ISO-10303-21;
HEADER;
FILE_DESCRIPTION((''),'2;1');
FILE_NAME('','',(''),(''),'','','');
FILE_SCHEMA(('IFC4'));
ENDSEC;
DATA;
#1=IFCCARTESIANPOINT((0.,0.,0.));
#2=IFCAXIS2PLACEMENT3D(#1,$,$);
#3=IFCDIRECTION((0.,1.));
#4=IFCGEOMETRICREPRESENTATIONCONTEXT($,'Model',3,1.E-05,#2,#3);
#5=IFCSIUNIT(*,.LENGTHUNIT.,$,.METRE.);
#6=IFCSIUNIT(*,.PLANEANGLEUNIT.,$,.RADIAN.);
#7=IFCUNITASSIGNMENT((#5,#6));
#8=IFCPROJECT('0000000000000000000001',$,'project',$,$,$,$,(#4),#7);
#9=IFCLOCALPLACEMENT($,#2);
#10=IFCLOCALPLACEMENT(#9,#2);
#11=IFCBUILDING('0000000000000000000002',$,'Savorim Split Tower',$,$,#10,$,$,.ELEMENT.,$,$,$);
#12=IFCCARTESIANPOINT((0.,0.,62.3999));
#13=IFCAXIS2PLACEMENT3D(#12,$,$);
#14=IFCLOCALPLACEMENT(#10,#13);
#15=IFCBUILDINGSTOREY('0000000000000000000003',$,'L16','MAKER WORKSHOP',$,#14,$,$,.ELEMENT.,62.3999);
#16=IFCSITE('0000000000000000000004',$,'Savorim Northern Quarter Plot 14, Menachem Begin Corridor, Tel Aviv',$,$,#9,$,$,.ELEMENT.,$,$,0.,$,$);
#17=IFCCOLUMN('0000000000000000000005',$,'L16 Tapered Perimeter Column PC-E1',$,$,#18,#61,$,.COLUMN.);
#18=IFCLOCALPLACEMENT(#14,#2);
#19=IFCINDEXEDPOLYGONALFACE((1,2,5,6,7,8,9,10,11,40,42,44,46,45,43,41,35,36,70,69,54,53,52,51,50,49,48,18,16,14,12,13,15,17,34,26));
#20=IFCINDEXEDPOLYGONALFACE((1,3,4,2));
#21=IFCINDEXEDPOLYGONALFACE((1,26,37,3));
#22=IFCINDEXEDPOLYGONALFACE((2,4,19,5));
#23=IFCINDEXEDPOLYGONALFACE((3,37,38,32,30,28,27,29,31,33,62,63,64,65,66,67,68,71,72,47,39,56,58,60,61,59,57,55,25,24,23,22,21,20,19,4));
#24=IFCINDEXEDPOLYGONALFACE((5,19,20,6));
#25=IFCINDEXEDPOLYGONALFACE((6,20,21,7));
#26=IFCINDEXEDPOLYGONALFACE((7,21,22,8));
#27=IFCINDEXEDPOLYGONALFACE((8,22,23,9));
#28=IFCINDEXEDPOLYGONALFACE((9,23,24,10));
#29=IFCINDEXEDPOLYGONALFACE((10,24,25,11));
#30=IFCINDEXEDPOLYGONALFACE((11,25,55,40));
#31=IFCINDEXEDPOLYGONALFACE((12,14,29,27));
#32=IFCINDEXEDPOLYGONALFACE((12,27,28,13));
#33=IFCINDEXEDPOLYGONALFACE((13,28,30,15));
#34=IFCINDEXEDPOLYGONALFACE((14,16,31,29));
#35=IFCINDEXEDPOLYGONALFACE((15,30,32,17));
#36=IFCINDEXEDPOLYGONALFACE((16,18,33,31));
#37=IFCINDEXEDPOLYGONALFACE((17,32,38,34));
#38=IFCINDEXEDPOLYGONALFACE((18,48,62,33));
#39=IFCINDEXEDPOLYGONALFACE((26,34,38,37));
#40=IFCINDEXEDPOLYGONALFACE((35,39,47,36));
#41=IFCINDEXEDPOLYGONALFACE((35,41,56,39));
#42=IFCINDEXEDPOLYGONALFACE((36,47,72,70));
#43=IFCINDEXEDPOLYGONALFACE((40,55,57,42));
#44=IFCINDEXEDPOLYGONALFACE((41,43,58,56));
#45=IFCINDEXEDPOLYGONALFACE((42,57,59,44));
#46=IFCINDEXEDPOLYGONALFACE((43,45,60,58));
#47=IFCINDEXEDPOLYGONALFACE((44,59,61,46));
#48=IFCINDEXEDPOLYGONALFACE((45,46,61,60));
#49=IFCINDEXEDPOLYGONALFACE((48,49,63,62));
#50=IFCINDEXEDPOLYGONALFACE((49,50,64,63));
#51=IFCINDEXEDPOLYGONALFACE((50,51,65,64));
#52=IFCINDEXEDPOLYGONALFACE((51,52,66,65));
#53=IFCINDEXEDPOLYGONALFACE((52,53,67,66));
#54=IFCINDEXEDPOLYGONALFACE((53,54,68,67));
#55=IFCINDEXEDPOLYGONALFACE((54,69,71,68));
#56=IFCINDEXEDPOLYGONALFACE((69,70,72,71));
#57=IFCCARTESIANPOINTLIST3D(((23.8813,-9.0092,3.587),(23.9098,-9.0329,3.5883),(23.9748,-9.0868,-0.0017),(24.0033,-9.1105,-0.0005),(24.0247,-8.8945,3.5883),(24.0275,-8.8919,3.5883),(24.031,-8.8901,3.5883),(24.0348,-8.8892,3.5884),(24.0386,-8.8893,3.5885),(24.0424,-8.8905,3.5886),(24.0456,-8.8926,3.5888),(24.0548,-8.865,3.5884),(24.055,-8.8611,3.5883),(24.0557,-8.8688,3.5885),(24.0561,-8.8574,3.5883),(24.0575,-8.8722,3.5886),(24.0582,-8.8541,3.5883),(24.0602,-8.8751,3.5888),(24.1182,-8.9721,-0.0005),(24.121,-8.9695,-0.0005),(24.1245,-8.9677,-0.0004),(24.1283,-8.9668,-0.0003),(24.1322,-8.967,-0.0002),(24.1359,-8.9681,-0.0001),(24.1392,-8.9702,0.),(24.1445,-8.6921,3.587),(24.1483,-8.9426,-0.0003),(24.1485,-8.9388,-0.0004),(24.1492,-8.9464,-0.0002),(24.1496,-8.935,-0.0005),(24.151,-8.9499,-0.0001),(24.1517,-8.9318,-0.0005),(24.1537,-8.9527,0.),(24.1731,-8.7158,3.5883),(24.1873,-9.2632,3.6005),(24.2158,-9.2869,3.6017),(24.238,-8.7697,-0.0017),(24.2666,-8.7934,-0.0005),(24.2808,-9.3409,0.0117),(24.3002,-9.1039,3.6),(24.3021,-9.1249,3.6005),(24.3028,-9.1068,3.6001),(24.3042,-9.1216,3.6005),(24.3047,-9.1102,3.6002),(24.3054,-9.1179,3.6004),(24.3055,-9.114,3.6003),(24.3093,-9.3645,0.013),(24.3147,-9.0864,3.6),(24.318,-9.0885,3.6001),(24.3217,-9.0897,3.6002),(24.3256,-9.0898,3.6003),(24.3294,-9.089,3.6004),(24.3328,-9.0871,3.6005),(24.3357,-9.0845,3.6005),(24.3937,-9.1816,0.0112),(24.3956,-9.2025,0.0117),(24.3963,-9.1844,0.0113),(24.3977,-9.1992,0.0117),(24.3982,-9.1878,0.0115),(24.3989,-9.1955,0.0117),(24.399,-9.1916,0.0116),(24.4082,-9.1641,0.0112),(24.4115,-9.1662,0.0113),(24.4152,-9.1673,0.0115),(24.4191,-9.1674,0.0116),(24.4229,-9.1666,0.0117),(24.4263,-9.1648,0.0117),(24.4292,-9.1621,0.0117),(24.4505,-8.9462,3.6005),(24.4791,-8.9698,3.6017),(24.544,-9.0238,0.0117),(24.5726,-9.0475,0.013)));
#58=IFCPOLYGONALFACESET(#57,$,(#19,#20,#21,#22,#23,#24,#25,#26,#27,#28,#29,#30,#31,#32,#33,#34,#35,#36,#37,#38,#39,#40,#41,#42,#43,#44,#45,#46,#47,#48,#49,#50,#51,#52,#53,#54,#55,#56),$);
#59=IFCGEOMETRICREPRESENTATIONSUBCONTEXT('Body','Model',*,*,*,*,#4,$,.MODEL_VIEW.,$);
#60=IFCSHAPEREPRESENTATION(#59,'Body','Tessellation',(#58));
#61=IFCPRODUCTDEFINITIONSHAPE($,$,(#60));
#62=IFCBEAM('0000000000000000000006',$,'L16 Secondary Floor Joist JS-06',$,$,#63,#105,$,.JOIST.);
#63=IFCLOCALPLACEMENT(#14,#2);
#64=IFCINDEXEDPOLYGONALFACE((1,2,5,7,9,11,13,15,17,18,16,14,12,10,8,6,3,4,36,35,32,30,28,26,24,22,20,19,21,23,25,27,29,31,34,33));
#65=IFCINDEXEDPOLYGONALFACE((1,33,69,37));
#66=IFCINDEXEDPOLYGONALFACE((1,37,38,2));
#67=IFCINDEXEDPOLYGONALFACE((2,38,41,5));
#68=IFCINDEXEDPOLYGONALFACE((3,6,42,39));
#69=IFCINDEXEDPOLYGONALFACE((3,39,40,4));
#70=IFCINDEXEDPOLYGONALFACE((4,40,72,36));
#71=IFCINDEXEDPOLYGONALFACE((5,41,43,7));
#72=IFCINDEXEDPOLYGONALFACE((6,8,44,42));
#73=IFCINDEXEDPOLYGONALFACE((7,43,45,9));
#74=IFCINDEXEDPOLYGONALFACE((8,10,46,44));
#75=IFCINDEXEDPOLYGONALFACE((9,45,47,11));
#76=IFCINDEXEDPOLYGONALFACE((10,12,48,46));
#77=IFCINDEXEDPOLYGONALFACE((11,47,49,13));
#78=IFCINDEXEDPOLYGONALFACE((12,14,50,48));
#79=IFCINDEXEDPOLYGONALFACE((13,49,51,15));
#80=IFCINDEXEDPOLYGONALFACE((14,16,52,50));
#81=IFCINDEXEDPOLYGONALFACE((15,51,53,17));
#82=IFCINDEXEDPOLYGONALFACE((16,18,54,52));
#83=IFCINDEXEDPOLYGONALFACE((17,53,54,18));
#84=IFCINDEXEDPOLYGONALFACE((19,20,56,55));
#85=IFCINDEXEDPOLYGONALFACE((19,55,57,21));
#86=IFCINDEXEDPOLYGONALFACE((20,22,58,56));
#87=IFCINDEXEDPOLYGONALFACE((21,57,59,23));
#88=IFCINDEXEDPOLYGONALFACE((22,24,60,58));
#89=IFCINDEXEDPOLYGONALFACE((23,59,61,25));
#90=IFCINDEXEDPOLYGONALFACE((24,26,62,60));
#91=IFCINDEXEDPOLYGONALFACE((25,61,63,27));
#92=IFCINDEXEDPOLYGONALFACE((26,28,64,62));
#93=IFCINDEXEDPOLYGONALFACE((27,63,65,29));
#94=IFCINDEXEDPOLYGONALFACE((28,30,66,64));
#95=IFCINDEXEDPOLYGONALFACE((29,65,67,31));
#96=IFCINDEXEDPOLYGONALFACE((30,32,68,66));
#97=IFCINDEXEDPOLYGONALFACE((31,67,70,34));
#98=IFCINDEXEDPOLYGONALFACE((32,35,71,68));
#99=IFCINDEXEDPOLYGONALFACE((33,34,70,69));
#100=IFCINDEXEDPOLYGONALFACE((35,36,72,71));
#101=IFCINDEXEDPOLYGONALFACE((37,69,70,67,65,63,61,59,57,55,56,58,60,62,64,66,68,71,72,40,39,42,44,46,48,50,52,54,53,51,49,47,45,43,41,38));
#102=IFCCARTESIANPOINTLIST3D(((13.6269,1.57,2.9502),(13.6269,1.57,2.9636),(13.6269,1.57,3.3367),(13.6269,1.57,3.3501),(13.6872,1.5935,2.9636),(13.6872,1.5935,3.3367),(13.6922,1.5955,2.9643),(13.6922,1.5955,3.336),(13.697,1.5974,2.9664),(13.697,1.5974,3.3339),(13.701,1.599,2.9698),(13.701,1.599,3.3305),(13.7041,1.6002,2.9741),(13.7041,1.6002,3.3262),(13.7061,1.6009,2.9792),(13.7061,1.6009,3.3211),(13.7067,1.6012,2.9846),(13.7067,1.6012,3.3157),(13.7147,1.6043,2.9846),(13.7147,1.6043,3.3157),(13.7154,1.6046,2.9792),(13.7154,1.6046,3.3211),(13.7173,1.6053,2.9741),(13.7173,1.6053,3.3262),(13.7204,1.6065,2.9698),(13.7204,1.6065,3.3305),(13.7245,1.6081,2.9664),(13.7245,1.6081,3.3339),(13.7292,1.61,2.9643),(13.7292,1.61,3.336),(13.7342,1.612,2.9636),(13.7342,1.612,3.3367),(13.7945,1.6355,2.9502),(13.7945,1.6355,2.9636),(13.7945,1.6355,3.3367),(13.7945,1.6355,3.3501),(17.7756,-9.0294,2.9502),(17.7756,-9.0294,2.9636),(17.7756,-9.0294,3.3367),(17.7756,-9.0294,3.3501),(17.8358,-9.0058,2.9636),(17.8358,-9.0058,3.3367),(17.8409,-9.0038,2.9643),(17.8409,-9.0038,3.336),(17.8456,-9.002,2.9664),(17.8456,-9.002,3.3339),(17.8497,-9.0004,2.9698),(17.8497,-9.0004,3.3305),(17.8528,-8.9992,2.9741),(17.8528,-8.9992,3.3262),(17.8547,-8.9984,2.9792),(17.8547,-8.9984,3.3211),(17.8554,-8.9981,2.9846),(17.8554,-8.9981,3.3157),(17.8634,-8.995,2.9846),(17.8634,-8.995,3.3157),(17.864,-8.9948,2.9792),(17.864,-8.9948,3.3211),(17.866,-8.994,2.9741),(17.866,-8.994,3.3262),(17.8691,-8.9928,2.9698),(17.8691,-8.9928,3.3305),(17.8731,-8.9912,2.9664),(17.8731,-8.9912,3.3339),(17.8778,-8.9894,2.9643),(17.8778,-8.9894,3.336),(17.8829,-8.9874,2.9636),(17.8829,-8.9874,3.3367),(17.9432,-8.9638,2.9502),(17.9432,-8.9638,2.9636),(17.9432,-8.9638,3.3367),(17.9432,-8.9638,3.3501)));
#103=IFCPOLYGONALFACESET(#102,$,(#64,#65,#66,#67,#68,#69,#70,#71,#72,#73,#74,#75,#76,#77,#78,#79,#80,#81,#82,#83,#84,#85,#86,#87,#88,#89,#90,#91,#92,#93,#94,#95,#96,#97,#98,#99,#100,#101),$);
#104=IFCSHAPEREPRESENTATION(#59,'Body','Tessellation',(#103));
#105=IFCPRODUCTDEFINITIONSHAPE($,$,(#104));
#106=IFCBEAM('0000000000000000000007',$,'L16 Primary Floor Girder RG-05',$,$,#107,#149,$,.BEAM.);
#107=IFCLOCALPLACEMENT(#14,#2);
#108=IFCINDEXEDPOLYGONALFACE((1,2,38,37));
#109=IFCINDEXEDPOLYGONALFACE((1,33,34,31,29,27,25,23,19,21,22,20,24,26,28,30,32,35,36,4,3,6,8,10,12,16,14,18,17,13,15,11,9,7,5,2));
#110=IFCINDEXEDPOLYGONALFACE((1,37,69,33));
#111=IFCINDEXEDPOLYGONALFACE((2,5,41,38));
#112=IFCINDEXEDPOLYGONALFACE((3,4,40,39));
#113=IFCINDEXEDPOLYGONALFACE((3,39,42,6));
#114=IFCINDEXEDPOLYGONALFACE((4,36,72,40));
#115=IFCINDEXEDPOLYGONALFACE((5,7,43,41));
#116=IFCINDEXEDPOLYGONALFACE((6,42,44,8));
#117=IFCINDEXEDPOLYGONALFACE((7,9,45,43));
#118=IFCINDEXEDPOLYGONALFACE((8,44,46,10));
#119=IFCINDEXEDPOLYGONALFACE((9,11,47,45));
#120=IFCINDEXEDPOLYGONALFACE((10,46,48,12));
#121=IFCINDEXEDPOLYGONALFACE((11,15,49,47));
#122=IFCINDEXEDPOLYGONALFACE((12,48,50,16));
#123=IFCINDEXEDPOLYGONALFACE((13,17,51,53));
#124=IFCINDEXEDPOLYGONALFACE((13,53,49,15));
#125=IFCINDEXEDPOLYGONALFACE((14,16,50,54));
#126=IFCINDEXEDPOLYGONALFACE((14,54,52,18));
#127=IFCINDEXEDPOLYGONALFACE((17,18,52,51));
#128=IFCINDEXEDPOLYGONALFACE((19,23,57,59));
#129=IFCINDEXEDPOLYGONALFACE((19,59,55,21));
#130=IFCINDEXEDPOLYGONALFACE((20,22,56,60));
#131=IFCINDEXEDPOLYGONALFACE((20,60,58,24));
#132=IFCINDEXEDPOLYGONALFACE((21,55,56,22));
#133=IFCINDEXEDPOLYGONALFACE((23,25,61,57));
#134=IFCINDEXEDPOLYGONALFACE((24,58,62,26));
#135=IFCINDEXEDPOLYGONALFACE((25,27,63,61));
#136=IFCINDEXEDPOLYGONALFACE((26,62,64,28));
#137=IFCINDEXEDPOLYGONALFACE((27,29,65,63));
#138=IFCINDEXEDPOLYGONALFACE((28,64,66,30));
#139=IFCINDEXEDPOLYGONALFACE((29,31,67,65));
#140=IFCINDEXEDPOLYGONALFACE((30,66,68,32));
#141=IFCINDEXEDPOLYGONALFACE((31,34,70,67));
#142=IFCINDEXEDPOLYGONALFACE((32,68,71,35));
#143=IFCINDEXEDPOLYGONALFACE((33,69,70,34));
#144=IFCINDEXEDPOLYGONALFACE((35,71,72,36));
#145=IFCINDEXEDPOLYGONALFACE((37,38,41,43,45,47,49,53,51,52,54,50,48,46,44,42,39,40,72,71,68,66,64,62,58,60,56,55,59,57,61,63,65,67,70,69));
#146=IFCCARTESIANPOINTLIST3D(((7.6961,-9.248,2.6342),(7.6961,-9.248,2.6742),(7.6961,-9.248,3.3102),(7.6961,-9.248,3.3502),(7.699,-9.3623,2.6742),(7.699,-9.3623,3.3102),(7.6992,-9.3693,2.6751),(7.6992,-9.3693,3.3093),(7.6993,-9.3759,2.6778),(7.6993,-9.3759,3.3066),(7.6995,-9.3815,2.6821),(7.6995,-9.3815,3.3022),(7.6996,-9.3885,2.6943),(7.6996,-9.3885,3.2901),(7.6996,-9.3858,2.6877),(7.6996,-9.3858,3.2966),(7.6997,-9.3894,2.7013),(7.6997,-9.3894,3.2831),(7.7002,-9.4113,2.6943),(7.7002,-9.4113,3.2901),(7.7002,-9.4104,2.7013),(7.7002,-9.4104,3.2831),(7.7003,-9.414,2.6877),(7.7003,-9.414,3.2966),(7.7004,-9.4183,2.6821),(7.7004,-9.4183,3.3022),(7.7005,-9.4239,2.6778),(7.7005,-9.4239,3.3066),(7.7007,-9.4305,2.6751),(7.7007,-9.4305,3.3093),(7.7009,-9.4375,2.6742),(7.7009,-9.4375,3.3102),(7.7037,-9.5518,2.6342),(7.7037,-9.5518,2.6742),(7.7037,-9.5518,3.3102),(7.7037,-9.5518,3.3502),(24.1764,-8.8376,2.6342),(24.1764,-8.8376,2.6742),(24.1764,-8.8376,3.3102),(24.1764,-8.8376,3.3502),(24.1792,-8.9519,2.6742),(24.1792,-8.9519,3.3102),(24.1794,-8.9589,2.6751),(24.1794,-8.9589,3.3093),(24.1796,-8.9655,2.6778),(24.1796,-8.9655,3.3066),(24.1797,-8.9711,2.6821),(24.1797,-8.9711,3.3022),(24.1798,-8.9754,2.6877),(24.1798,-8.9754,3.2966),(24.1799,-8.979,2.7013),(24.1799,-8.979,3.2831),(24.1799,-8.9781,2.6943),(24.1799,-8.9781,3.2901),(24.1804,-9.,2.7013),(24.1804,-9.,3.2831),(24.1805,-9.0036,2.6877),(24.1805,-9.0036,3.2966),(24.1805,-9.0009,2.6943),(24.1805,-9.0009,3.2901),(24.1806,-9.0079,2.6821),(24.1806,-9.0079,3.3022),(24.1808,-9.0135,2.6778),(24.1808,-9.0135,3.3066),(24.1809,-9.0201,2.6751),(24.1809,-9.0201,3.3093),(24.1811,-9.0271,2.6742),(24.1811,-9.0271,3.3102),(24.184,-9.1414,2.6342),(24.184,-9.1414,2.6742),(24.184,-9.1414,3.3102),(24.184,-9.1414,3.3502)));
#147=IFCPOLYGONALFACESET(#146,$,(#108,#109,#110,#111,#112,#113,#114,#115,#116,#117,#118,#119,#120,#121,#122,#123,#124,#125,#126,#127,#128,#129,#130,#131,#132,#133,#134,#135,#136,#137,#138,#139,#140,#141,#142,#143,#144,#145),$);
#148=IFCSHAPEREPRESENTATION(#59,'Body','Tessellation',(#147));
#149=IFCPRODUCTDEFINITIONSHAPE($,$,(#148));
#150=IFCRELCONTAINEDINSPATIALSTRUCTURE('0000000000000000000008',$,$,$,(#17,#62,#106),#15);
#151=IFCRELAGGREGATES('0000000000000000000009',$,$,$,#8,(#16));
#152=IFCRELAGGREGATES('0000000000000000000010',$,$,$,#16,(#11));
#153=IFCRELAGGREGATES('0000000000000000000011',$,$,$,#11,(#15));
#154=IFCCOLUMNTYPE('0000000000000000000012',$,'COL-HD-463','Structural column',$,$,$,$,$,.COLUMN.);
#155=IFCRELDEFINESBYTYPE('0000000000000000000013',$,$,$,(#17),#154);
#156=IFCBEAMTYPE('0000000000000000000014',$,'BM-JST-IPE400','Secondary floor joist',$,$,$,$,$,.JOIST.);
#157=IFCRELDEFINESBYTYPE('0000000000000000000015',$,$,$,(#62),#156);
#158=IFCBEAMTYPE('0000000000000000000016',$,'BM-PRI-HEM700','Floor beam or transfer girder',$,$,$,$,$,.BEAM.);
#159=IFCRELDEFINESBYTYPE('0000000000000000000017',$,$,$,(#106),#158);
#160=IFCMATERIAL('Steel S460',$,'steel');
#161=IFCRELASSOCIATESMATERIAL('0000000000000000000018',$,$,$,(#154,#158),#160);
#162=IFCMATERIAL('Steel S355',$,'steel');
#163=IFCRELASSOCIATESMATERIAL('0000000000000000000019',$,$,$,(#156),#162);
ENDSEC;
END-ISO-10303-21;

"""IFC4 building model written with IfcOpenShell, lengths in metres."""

from ifc_helpers import new_model, si_unit, direction, frame, origin, origin_2d, place, context, subcontext, project, spatial, i_section, extrude, material, material_profile, profile_set, type_object, element, save


model = new_model("IFC4")

# Units and contexts
model_context = context("Model", 3, precision=1e-05, world=origin(), true_north=direction((0.0, 1.0)))
body_context = subcontext(model_context, "Body", "Model", "MODEL_VIEW")
ifc_project = project(units=[si_unit("LENGTHUNIT", "METRE"), si_unit("PLANEANGLEUNIT", "RADIAN")], contexts=[model_context])

# Site, building, storey
site_placement = place(None, origin())
site = spatial("IfcSite", under=ifc_project, at=site_placement, Name="Savorim Northern Quarter Plot 14, Menachem Begin Corridor, Tel Aviv", CompositionType="ELEMENT", RefElevation=0.0)
building_placement = place(site_placement, origin())
building = spatial("IfcBuilding", under=site, at=building_placement, Name="Savorim Split Tower", CompositionType="ELEMENT")
storey_placement = place(building_placement, frame((0.0, 0.0, 62.3999)))
storey = spatial("IfcBuildingStorey", under=building, at=storey_placement, Name="L16", Description="MAKER WORKSHOP", CompositionType="ELEMENT", Elevation=62.3999)

# Column
ifc_material_1 = material(Name="Steel S460", Category="steel")
ifc_material_profile_1 = material_profile(ifc_material_1, i_section(OverallWidth=0.4121, OverallDepth=0.4351, WebThickness=0.0227, FlangeThickness=0.0371, FilletRadius=0.0149, at=origin_2d()), Name="HD 400x463")
ifc_profile_set_1 = profile_set([ifc_material_profile_1], Name="Steel S460")
column_type = type_object("IfcColumnType", Name="COL-HD-463", Description="Structural column", PredefinedType="COLUMN", material=ifc_profile_set_1)
column_placement = place(storey_placement, frame((24.2737, -9.0671, 0.0056), z_axis=(-0.026039, 0.02162, 0.999427), x_axis=(-0.6388, -0.769373, 0.0)))
element("IfcColumn", 1, at=column_placement, inside=storey, type_object=column_type, Name="L16 Tapered Perimeter Column PC-E1", PredefinedType="COLUMN", context=body_context, shape_type="SweptSolid", body=[
    extrude(i_section(OverallWidth=0.4121, OverallDepth=0.4351, WebThickness=0.0227, FlangeThickness=0.0371, FilletRadius=0.0149, at=origin_2d()), origin(), (0.0, 0.0, 1.0), 3.5908),
])

# Beams
ifc_material_2 = material(Name="Steel S355", Category="steel")
ifc_material_profile_2 = material_profile(ifc_material_2, i_section(OverallWidth=0.1799, OverallDepth=0.3999, WebThickness=0.0085, FlangeThickness=0.0134, FilletRadius=0.021, at=origin_2d()), Name="IPE 400")
ifc_profile_set_2 = profile_set([ifc_material_profile_2], Name="Steel S355")
beam_type_1 = type_object("IfcBeamType", Name="BM-JST-IPE400", Description="Secondary floor joist", PredefinedType="JOIST", material=ifc_profile_set_2)
beam_1_placement = place(storey_placement, frame((17.8594, -8.9966, 3.1501), z_axis=(-0.364483, 0.93121, 0.0), x_axis=(-0.93121, -0.364483, 0.0)))
element("IfcBeam", 2, at=beam_1_placement, inside=storey, type_object=beam_type_1, Name="L16 Secondary Floor Joist JS-06", PredefinedType="JOIST", context=body_context, shape_type="SweptSolid", body=[
    extrude(i_section(OverallWidth=0.1799, OverallDepth=0.3999, WebThickness=0.0085, FlangeThickness=0.0134, FilletRadius=0.021, at=origin_2d()), origin(), (0.0, 0.0, 1.0), 11.3823),
])
ifc_material_profile_3 = material_profile(ifc_material_1, i_section(OverallWidth=0.304, OverallDepth=0.7161, WebThickness=0.021, FlangeThickness=0.04, FilletRadius=0.0271, at=origin_2d()), Name="HE 700 M")
ifc_profile_set_3 = profile_set([ifc_material_profile_3], Name="Steel S460")
beam_type_2 = type_object("IfcBeamType", Name="BM-PRI-HEM700", Description="Floor beam or transfer girder", PredefinedType="BEAM", material=ifc_profile_set_3)
beam_2_placement = place(storey_placement, frame((24.1802, -8.9895, 2.9922), z_axis=(-0.99969, -0.024895, 0.0), x_axis=(0.024895, -0.99969, 0.0)))
element("IfcBeam", 3, at=beam_2_placement, inside=storey, type_object=beam_type_2, Name="L16 Primary Floor Girder RG-05", PredefinedType="BEAM", context=body_context, shape_type="SweptSolid", body=[
    extrude(i_section(OverallWidth=0.304, OverallDepth=0.7161, WebThickness=0.021, FlangeThickness=0.04, FilletRadius=0.0271, at=origin_2d()), origin(), (0.0, 0.0, 1.0), 16.4854),
])

save(model, "model.ifc")
